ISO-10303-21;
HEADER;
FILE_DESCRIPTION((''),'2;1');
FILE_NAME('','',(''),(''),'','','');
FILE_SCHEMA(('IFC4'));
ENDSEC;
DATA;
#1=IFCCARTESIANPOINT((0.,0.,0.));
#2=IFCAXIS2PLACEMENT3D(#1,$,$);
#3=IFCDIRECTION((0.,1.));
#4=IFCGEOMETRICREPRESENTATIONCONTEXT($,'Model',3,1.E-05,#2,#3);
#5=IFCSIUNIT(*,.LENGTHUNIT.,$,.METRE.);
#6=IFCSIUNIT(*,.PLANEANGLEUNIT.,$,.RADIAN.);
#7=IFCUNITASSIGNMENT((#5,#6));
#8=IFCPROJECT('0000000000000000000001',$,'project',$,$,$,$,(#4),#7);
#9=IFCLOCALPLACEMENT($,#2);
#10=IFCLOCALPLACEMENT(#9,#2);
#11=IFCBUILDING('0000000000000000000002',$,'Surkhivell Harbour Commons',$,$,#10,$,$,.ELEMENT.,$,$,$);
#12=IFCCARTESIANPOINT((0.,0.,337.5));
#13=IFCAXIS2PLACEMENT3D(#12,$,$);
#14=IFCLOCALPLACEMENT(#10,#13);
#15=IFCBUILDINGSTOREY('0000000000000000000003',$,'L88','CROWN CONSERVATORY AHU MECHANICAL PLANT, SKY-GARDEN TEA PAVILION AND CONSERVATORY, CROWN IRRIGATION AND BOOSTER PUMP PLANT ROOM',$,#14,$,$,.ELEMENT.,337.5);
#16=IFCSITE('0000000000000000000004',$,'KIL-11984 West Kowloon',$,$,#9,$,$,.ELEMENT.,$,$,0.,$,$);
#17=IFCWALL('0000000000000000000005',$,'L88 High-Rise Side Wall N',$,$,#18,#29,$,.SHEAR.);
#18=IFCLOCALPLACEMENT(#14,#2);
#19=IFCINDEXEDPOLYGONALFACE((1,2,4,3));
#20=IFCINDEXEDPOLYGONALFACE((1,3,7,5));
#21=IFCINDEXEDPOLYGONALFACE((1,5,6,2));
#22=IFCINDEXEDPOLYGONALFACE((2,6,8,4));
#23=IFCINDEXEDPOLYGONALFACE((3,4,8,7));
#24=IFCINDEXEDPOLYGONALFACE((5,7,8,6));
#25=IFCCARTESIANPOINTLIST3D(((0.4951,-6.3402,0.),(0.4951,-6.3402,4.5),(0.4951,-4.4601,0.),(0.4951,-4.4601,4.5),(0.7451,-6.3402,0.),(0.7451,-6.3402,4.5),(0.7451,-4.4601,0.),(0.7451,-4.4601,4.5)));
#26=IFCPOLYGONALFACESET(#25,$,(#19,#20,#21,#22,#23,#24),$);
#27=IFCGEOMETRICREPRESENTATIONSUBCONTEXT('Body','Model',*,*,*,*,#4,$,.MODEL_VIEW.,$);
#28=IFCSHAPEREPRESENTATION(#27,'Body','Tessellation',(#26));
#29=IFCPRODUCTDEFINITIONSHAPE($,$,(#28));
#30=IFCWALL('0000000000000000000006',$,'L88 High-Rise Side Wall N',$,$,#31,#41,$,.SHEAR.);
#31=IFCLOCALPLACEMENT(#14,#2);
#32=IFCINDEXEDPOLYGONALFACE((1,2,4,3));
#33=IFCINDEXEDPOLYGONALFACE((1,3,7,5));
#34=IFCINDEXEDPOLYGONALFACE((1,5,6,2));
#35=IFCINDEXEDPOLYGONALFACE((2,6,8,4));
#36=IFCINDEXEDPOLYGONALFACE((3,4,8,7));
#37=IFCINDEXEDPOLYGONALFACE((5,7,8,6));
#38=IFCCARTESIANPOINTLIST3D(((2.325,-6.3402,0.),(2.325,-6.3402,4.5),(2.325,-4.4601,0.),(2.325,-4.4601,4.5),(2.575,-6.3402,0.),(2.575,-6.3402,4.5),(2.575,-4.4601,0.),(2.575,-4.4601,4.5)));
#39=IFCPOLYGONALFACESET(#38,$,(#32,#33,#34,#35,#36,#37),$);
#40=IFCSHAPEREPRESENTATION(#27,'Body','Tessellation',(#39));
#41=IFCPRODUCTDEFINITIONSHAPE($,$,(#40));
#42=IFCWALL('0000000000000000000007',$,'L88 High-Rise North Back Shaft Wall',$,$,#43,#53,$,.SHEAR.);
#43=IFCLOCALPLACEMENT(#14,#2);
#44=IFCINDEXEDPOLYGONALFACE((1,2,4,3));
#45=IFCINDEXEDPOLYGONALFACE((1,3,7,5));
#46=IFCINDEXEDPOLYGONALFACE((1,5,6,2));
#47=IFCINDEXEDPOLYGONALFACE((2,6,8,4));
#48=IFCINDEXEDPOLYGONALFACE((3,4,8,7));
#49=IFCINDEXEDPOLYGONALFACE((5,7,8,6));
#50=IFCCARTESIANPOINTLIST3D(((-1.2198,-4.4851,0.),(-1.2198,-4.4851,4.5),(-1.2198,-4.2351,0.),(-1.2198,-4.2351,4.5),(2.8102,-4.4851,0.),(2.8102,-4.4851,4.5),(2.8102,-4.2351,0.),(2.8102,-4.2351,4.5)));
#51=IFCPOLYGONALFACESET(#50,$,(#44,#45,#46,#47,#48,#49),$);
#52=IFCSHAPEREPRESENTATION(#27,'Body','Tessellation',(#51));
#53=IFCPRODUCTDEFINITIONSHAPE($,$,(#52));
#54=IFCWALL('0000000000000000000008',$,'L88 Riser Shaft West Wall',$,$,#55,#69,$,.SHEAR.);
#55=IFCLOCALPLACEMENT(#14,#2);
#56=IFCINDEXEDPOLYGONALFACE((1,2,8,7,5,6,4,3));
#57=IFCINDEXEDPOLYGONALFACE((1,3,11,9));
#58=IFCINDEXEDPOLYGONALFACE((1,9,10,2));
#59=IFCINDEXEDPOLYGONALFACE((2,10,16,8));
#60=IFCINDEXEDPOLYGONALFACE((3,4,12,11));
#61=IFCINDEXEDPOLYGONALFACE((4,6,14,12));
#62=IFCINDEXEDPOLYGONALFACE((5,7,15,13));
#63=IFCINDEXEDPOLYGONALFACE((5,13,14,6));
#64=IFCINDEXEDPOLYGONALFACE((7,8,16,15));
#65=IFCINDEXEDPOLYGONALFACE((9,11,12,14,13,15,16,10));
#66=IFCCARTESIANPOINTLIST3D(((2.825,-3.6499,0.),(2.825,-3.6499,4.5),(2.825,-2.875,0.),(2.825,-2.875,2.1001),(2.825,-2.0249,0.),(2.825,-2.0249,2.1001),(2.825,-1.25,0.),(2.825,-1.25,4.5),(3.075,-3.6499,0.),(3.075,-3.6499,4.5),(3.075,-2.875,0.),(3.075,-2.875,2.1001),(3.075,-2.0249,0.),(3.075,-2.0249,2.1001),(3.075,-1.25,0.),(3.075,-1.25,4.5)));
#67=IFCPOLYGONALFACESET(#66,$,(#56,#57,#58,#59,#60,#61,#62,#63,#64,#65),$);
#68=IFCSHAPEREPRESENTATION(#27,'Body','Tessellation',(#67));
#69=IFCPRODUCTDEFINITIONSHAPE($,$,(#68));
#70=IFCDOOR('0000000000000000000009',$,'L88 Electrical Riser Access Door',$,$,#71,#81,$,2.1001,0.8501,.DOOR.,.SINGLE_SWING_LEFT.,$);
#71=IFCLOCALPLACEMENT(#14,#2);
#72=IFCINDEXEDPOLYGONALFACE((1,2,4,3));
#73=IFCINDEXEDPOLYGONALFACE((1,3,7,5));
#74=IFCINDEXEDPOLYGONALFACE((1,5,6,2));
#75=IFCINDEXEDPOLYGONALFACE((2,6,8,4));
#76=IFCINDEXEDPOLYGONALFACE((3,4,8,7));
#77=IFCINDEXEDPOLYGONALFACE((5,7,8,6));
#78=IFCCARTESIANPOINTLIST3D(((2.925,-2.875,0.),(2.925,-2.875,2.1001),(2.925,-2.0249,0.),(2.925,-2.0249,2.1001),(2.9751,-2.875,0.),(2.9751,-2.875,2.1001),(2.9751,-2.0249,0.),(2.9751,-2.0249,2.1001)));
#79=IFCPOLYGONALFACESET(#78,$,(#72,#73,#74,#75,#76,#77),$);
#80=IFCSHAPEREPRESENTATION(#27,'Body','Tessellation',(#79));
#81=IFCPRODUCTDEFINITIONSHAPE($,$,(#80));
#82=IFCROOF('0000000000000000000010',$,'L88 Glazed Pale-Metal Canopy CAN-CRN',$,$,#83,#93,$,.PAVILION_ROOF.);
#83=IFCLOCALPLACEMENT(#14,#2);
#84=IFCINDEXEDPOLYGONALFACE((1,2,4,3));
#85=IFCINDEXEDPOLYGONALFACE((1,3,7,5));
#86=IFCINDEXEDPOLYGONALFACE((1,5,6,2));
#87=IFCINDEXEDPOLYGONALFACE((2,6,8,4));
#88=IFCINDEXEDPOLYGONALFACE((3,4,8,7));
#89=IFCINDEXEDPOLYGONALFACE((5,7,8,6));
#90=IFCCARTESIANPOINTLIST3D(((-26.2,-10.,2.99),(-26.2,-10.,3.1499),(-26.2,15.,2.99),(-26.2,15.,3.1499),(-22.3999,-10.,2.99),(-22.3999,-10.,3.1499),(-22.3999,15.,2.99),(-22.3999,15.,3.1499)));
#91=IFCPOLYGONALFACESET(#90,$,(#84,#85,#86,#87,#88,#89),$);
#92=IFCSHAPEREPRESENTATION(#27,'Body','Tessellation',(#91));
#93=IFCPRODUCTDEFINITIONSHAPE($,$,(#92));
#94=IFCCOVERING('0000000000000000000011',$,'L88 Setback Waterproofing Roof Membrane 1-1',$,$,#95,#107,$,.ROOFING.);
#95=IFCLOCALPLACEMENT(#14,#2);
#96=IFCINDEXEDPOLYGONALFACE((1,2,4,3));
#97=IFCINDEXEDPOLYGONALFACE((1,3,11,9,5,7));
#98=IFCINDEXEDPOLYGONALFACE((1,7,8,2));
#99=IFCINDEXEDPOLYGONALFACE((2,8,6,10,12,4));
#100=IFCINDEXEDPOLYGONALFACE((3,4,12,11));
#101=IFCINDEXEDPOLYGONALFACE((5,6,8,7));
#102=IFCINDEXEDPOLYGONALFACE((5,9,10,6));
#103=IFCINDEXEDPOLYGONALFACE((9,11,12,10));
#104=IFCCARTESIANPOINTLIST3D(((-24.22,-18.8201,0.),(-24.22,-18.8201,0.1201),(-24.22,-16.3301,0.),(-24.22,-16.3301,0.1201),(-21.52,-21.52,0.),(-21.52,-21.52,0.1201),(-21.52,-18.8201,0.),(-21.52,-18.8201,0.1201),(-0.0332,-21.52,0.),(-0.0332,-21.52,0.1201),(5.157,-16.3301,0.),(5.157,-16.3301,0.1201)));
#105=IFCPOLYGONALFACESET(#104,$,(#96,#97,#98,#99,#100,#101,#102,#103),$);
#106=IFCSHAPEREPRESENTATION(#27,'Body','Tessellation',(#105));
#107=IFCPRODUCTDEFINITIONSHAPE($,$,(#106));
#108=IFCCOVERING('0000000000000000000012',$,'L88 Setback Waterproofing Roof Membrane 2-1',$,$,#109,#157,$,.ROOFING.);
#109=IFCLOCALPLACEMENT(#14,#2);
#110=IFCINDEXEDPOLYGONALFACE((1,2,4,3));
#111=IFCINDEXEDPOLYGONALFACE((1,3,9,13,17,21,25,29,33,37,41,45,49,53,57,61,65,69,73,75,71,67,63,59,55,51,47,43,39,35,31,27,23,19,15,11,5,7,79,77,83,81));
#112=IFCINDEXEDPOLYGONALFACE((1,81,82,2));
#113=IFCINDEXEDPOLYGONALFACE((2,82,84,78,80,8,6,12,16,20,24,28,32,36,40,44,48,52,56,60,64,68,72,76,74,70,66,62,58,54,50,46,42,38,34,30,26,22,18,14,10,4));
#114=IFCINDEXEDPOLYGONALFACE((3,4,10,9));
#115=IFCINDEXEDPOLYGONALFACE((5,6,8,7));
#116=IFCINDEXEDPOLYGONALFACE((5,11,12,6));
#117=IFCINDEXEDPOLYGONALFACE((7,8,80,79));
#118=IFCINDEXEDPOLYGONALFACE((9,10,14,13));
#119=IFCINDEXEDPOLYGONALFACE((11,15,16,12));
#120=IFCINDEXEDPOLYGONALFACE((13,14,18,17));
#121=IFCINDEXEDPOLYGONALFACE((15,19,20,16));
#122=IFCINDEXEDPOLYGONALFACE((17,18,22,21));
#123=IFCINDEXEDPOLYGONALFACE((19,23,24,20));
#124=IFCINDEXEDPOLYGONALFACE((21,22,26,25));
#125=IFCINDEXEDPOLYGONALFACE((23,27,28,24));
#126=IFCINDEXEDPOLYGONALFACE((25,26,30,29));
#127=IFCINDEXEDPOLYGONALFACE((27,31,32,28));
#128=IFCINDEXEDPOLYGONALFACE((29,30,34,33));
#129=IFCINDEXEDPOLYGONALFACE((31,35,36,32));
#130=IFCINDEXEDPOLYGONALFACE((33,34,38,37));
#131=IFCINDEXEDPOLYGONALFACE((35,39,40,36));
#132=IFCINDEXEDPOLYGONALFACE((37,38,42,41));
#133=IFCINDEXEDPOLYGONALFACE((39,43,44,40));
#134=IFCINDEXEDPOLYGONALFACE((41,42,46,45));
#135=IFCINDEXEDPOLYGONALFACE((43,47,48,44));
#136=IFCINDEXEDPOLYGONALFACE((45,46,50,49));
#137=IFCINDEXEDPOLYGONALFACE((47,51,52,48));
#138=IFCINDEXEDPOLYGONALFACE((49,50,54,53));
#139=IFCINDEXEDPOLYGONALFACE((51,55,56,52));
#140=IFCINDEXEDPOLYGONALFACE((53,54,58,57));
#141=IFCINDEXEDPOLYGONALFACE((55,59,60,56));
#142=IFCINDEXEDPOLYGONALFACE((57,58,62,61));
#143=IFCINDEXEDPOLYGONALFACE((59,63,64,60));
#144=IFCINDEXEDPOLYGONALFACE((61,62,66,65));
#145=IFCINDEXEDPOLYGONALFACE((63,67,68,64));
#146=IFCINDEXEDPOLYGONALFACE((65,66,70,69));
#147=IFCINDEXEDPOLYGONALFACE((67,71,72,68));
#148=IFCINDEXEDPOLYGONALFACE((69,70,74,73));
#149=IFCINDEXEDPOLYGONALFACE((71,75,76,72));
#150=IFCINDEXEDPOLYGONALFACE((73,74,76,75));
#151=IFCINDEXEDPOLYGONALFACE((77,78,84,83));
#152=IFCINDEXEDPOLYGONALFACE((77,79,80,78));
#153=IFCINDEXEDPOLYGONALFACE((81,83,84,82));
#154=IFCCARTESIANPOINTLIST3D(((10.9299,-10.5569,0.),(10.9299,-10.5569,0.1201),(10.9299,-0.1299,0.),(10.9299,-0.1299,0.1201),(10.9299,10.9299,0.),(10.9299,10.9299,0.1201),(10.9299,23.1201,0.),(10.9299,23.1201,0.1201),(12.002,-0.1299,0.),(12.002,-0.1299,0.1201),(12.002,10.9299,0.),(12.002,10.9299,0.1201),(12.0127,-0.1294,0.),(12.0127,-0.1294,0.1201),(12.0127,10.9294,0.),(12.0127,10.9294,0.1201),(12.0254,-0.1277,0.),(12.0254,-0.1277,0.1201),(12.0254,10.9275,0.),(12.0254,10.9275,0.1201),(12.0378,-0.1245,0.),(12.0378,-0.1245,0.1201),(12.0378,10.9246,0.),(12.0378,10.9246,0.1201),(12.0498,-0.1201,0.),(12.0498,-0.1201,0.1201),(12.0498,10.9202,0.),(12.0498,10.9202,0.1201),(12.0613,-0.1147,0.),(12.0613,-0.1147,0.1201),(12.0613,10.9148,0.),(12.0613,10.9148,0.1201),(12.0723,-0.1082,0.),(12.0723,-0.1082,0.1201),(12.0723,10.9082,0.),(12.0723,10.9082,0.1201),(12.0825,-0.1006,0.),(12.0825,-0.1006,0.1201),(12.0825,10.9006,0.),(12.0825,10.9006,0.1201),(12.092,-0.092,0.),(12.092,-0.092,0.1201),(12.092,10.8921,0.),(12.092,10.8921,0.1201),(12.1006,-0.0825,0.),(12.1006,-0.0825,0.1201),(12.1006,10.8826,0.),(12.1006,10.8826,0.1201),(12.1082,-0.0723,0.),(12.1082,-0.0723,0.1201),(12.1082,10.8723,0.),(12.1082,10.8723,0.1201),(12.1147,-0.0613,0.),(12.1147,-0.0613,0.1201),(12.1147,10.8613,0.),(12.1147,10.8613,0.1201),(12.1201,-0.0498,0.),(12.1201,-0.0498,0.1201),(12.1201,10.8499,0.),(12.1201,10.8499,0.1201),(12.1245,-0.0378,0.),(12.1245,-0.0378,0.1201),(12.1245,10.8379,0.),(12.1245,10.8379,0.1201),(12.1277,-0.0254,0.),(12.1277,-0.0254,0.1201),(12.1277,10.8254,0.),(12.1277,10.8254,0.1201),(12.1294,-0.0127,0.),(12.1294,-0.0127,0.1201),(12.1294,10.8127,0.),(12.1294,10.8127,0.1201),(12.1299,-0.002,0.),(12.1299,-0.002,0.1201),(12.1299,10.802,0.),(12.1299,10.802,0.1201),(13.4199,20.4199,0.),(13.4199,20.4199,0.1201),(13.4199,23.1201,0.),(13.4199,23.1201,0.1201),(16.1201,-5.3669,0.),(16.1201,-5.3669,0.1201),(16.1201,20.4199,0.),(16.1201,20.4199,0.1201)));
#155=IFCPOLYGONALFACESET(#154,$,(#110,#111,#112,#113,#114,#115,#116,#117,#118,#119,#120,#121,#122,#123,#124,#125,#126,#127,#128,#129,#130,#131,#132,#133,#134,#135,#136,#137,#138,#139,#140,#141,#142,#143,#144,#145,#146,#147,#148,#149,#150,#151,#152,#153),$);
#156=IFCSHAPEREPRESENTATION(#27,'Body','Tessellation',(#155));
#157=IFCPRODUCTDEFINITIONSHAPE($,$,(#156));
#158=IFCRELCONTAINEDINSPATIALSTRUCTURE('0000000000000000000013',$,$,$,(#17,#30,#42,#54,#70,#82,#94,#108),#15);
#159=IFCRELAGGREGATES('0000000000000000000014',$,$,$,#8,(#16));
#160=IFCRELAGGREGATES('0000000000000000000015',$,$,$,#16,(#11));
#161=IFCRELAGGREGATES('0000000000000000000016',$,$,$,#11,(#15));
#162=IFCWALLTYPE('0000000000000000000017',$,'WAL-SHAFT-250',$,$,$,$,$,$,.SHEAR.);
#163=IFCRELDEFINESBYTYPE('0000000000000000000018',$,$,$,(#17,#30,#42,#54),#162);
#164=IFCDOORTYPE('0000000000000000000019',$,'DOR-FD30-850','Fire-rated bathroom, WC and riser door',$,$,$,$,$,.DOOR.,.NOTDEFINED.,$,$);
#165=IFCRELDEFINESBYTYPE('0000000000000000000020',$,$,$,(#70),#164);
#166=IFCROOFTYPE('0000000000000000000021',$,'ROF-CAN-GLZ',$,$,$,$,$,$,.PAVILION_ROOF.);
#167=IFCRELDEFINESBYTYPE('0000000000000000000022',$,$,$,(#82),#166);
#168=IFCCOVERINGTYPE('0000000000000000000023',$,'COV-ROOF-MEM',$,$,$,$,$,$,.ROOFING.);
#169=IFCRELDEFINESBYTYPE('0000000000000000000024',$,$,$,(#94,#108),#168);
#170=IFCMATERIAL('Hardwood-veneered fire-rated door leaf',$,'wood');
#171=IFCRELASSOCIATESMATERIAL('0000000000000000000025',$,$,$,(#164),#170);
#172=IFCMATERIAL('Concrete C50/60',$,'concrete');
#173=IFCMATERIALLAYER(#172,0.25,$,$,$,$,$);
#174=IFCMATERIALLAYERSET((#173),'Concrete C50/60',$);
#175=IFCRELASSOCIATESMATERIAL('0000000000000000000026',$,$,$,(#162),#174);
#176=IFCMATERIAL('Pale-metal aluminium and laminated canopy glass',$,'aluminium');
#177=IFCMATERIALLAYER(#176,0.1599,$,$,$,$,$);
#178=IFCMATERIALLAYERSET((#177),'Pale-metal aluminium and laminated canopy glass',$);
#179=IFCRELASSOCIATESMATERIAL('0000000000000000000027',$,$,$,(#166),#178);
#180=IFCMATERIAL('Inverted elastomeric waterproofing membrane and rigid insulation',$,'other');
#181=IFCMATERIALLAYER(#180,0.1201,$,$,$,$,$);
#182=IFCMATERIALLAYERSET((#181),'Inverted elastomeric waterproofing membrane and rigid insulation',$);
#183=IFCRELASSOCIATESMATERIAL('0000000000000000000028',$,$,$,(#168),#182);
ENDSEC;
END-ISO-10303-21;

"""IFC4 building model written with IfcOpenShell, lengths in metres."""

from ifc_helpers import new_model, si_unit, direction, frame, frame_2d, origin, place, context, subcontext, project, spatial, polyline, rectangle, outline, extrude, material, layer, layer_set, type_object, element, fill, save


model = new_model("IFC4")

# Units and contexts
model_context = context("Model", 3, precision=1e-05, world=origin(), true_north=direction((0.0, 1.0)))
body_context = subcontext(model_context, "Body", "Model", "MODEL_VIEW")
ifc_project = project(units=[si_unit("LENGTHUNIT", "METRE"), si_unit("PLANEANGLEUNIT", "RADIAN")], contexts=[model_context])

# Site, building, storey
site_placement = place(None, origin())
site = spatial("IfcSite", under=ifc_project, at=site_placement, Name="KIL-11984 West Kowloon", CompositionType="ELEMENT", RefElevation=0.0)
building_placement = place(site_placement, origin())
building = spatial("IfcBuilding", under=site, at=building_placement, Name="Surkhivell Harbour Commons", CompositionType="ELEMENT")
storey_placement = place(building_placement, frame((0.0, 0.0, 337.5)))
storey = spatial("IfcBuildingStorey", under=building, at=storey_placement, Name="L88", Description="CROWN CONSERVATORY AHU MECHANICAL PLANT, SKY-GARDEN TEA PAVILION AND CONSERVATORY, CROWN IRRIGATION AND BOOSTER PUMP PLANT ROOM", CompositionType="ELEMENT", Elevation=337.5)

# Shared definitions
ifc_material_1 = material(Name="Concrete C50/60", Category="concrete")

# Shared definitions
ifc_material_2 = material(Name="Hardwood-veneered fire-rated door leaf", Category="wood")
door_type = type_object("IfcDoorType", Name="DOR-FD30-850", Description="Fire-rated bathroom, WC and riser door", OperationType="NOTDEFINED", PredefinedType="DOOR", material=ifc_material_2)

# Walls
ifc_layer_1 = layer(ifc_material_1, 0.25)
ifc_layer_set_1 = layer_set([ifc_layer_1], Name="Concrete C50/60")
wall_type_1 = type_object("IfcWallType", Name="WAL-SHAFT-250", PredefinedType="SHEAR", material=ifc_layer_set_1)
for number, where, z_axis, x_axis, name in (
    (1, (0.6201, -6.3401, 0.0), (0.0, 0.0, 1.0), (0.0, 1.0, 0.0), "L88 High-Rise Side Wall N"),
    (2, (2.45, -6.3401, 0.0), (0.0, 0.0, 1.0), (0.0, 1.0, 0.0), "L88 High-Rise Side Wall N"),
):
    element("IfcWall", number, at=place(storey_placement, frame(where, z_axis=z_axis, x_axis=x_axis)), inside=storey, type_object=wall_type_1, Name=name, PredefinedType="SHEAR", context=body_context, shape_type="SweptSolid", body=[
        extrude(rectangle(XDim=1.8801, YDim=0.25, at=frame_2d((0.9399, 0.0))), origin(), (0.0, 0.0, 1.0), 4.5),
    ])
wall_1_placement = place(storey_placement, frame((-1.22, -4.3601, 0.0), z_axis=(0.0, 0.0, 1.0), x_axis=(1.0, 0.0, 0.0)))
element("IfcWall", 3, at=wall_1_placement, inside=storey, type_object=wall_type_1, Name="L88 High-Rise North Back Shaft Wall", PredefinedType="SHEAR", context=body_context, shape_type="SweptSolid", body=[
    extrude(rectangle(XDim=4.03, YDim=0.25, at=frame_2d((2.0151, 0.0))), origin(), (0.0, 0.0, 1.0), 4.5),
])

# Wall, opening, door
wall_2_placement = place(storey_placement, frame((2.95, -3.6499, 0.0), z_axis=(0.0, 0.0, 1.0), x_axis=(0.0, 1.0, 0.0)))
wall_2 = element("IfcWall", 4, at=wall_2_placement, inside=storey, type_object=wall_type_1, Name="L88 Riser Shaft West Wall", PredefinedType="SHEAR", context=body_context, shape_type="SweptSolid", body=[
    extrude(rectangle(XDim=2.3999, YDim=0.25, at=frame_2d((1.2, 0.0))), origin(), (0.0, 0.0, 1.0), 4.5),
])
opening_1_placement = place(wall_2_placement, frame((0.7749, 0.0, 0.0)))
opening_1 = element("IfcOpeningElement", 5, at=opening_1_placement, cuts=wall_2, PredefinedType="OPENING", context=body_context, shape_type="SweptSolid", body=[
    extrude(rectangle(XDim=0.8501, YDim=2.1001, at=frame_2d((0.425, 1.05))), frame((0.0, 0.135, 0.0), z_axis=(0.0, -1.0, 0.0), x_axis=(1.0, 0.0, 0.0)), (0.0, 0.0, 1.0), 0.27),
])
door_1_placement = place(opening_1_placement, origin())
door_1 = element("IfcDoor", 6, at=door_1_placement, inside=storey, type_object=door_type, Name="L88 Electrical Riser Access Door", OperationType="SINGLE_SWING_LEFT", OverallHeight=2.1001, OverallWidth=0.8501, PredefinedType="DOOR", context=body_context, shape_type="SweptSolid", body=[
    extrude(rectangle(XDim=0.8501, YDim=2.1001, at=frame_2d((0.425, 1.05))), frame((0.0, 0.0249, 0.0), z_axis=(0.0, -1.0, 0.0), x_axis=(1.0, 0.0, 0.0)), (0.0, 0.0, 1.0), 0.05),
])
fill(opening_1, door_1)

# Roof
ifc_material_3 = material(Name="Pale-metal aluminium and laminated canopy glass", Category="aluminium")
ifc_layer_2 = layer(ifc_material_3, 0.1599)
ifc_layer_set_2 = layer_set([ifc_layer_2], Name="Pale-metal aluminium and laminated canopy glass")
roof_type = type_object("IfcRoofType", Name="ROF-CAN-GLZ", PredefinedType="PAVILION_ROOF", material=ifc_layer_set_2)
roof_placement = place(storey_placement, frame((0.0, 0.0, 2.99)))
element("IfcRoof", 7, at=roof_placement, inside=storey, type_object=roof_type, Name="L88 Glazed Pale-Metal Canopy CAN-CRN", PredefinedType="PAVILION_ROOF", context=body_context, shape_type="SweptSolid", body=[
    extrude(outline(polyline([(-26.2, -10.0), (-22.3999, -10.0), (-22.3999, 15.0), (-26.2, 15.0), (-26.2, -10.0)])), origin(), (0.0, 0.0, 1.0), 0.1599),
])

# Coverings
ifc_material_4 = material(Name="Inverted elastomeric waterproofing membrane and rigid insulation", Category="other")
ifc_layer_3 = layer(ifc_material_4, 0.1201)
ifc_layer_set_3 = layer_set([ifc_layer_3], Name="Inverted elastomeric waterproofing membrane and rigid insulation")
covering_type = type_object("IfcCoveringType", Name="COV-ROOF-MEM", PredefinedType="ROOFING", material=ifc_layer_set_3)
covering_1_placement = place(storey_placement, origin())
element("IfcCovering", 8, at=covering_1_placement, inside=storey, type_object=covering_type, Name="L88 Setback Waterproofing Roof Membrane 1-1", PredefinedType="ROOFING", context=body_context, shape_type="SweptSolid", body=[
    extrude(outline(polyline([(-0.0332, -21.52), (5.157, -16.3301), (-24.22, -16.3301), (-24.22, -18.8201), (-21.52, -18.8201), (-21.52, -21.52), (-0.0332, -21.52)])), origin(), (0.0, 0.0, 1.0), 0.1201),
])
covering_2_placement = place(storey_placement, origin())
element("IfcCovering", 9, at=covering_2_placement, inside=storey, type_object=covering_type, Name="L88 Setback Waterproofing Roof Membrane 2-1", PredefinedType="ROOFING", context=body_context, shape_type="SweptSolid", body=[
    extrude(outline(polyline([(10.9299, 23.1201), (10.9299, 10.9299), (12.002, 10.9299), (12.0127, 10.9294), (12.0254, 10.9275), (12.0378, 10.9246), (12.0498, 10.9202), (12.0613, 10.9148), (12.0723, 10.9082), (12.0825, 10.9006), (12.092, 10.8921), (12.1006, 10.8826), (12.1082, 10.8723), (12.1147, 10.8613), (12.1201, 10.8499), (12.1245, 10.8379), (12.1277, 10.8254), (12.1294, 10.8127), (12.1299, 10.802), (12.1299, -0.002), (12.1294, -0.0127), (12.1277, -0.0254), (12.1245, -0.0378), (12.1201, -0.0498), (12.1147, -0.0613), (12.1082, -0.0723), (12.1006, -0.0825), (12.092, -0.092), (12.0825, -0.1006), (12.0723, -0.1082), (12.0613, -0.1147), (12.0498, -0.1201), (12.0378, -0.1245), (12.0254, -0.1277), (12.0127, -0.1294), (12.002, -0.1299), (10.9299, -0.1299), (10.9299, -10.5569), (16.1201, -5.3669), (16.1201, 20.4199), (13.4199, 20.4199), (13.4199, 23.1201), (10.9299, 23.1201)])), origin(), (0.0, 0.0, 1.0), 0.1201),
])

save(model, "model.ifc")
